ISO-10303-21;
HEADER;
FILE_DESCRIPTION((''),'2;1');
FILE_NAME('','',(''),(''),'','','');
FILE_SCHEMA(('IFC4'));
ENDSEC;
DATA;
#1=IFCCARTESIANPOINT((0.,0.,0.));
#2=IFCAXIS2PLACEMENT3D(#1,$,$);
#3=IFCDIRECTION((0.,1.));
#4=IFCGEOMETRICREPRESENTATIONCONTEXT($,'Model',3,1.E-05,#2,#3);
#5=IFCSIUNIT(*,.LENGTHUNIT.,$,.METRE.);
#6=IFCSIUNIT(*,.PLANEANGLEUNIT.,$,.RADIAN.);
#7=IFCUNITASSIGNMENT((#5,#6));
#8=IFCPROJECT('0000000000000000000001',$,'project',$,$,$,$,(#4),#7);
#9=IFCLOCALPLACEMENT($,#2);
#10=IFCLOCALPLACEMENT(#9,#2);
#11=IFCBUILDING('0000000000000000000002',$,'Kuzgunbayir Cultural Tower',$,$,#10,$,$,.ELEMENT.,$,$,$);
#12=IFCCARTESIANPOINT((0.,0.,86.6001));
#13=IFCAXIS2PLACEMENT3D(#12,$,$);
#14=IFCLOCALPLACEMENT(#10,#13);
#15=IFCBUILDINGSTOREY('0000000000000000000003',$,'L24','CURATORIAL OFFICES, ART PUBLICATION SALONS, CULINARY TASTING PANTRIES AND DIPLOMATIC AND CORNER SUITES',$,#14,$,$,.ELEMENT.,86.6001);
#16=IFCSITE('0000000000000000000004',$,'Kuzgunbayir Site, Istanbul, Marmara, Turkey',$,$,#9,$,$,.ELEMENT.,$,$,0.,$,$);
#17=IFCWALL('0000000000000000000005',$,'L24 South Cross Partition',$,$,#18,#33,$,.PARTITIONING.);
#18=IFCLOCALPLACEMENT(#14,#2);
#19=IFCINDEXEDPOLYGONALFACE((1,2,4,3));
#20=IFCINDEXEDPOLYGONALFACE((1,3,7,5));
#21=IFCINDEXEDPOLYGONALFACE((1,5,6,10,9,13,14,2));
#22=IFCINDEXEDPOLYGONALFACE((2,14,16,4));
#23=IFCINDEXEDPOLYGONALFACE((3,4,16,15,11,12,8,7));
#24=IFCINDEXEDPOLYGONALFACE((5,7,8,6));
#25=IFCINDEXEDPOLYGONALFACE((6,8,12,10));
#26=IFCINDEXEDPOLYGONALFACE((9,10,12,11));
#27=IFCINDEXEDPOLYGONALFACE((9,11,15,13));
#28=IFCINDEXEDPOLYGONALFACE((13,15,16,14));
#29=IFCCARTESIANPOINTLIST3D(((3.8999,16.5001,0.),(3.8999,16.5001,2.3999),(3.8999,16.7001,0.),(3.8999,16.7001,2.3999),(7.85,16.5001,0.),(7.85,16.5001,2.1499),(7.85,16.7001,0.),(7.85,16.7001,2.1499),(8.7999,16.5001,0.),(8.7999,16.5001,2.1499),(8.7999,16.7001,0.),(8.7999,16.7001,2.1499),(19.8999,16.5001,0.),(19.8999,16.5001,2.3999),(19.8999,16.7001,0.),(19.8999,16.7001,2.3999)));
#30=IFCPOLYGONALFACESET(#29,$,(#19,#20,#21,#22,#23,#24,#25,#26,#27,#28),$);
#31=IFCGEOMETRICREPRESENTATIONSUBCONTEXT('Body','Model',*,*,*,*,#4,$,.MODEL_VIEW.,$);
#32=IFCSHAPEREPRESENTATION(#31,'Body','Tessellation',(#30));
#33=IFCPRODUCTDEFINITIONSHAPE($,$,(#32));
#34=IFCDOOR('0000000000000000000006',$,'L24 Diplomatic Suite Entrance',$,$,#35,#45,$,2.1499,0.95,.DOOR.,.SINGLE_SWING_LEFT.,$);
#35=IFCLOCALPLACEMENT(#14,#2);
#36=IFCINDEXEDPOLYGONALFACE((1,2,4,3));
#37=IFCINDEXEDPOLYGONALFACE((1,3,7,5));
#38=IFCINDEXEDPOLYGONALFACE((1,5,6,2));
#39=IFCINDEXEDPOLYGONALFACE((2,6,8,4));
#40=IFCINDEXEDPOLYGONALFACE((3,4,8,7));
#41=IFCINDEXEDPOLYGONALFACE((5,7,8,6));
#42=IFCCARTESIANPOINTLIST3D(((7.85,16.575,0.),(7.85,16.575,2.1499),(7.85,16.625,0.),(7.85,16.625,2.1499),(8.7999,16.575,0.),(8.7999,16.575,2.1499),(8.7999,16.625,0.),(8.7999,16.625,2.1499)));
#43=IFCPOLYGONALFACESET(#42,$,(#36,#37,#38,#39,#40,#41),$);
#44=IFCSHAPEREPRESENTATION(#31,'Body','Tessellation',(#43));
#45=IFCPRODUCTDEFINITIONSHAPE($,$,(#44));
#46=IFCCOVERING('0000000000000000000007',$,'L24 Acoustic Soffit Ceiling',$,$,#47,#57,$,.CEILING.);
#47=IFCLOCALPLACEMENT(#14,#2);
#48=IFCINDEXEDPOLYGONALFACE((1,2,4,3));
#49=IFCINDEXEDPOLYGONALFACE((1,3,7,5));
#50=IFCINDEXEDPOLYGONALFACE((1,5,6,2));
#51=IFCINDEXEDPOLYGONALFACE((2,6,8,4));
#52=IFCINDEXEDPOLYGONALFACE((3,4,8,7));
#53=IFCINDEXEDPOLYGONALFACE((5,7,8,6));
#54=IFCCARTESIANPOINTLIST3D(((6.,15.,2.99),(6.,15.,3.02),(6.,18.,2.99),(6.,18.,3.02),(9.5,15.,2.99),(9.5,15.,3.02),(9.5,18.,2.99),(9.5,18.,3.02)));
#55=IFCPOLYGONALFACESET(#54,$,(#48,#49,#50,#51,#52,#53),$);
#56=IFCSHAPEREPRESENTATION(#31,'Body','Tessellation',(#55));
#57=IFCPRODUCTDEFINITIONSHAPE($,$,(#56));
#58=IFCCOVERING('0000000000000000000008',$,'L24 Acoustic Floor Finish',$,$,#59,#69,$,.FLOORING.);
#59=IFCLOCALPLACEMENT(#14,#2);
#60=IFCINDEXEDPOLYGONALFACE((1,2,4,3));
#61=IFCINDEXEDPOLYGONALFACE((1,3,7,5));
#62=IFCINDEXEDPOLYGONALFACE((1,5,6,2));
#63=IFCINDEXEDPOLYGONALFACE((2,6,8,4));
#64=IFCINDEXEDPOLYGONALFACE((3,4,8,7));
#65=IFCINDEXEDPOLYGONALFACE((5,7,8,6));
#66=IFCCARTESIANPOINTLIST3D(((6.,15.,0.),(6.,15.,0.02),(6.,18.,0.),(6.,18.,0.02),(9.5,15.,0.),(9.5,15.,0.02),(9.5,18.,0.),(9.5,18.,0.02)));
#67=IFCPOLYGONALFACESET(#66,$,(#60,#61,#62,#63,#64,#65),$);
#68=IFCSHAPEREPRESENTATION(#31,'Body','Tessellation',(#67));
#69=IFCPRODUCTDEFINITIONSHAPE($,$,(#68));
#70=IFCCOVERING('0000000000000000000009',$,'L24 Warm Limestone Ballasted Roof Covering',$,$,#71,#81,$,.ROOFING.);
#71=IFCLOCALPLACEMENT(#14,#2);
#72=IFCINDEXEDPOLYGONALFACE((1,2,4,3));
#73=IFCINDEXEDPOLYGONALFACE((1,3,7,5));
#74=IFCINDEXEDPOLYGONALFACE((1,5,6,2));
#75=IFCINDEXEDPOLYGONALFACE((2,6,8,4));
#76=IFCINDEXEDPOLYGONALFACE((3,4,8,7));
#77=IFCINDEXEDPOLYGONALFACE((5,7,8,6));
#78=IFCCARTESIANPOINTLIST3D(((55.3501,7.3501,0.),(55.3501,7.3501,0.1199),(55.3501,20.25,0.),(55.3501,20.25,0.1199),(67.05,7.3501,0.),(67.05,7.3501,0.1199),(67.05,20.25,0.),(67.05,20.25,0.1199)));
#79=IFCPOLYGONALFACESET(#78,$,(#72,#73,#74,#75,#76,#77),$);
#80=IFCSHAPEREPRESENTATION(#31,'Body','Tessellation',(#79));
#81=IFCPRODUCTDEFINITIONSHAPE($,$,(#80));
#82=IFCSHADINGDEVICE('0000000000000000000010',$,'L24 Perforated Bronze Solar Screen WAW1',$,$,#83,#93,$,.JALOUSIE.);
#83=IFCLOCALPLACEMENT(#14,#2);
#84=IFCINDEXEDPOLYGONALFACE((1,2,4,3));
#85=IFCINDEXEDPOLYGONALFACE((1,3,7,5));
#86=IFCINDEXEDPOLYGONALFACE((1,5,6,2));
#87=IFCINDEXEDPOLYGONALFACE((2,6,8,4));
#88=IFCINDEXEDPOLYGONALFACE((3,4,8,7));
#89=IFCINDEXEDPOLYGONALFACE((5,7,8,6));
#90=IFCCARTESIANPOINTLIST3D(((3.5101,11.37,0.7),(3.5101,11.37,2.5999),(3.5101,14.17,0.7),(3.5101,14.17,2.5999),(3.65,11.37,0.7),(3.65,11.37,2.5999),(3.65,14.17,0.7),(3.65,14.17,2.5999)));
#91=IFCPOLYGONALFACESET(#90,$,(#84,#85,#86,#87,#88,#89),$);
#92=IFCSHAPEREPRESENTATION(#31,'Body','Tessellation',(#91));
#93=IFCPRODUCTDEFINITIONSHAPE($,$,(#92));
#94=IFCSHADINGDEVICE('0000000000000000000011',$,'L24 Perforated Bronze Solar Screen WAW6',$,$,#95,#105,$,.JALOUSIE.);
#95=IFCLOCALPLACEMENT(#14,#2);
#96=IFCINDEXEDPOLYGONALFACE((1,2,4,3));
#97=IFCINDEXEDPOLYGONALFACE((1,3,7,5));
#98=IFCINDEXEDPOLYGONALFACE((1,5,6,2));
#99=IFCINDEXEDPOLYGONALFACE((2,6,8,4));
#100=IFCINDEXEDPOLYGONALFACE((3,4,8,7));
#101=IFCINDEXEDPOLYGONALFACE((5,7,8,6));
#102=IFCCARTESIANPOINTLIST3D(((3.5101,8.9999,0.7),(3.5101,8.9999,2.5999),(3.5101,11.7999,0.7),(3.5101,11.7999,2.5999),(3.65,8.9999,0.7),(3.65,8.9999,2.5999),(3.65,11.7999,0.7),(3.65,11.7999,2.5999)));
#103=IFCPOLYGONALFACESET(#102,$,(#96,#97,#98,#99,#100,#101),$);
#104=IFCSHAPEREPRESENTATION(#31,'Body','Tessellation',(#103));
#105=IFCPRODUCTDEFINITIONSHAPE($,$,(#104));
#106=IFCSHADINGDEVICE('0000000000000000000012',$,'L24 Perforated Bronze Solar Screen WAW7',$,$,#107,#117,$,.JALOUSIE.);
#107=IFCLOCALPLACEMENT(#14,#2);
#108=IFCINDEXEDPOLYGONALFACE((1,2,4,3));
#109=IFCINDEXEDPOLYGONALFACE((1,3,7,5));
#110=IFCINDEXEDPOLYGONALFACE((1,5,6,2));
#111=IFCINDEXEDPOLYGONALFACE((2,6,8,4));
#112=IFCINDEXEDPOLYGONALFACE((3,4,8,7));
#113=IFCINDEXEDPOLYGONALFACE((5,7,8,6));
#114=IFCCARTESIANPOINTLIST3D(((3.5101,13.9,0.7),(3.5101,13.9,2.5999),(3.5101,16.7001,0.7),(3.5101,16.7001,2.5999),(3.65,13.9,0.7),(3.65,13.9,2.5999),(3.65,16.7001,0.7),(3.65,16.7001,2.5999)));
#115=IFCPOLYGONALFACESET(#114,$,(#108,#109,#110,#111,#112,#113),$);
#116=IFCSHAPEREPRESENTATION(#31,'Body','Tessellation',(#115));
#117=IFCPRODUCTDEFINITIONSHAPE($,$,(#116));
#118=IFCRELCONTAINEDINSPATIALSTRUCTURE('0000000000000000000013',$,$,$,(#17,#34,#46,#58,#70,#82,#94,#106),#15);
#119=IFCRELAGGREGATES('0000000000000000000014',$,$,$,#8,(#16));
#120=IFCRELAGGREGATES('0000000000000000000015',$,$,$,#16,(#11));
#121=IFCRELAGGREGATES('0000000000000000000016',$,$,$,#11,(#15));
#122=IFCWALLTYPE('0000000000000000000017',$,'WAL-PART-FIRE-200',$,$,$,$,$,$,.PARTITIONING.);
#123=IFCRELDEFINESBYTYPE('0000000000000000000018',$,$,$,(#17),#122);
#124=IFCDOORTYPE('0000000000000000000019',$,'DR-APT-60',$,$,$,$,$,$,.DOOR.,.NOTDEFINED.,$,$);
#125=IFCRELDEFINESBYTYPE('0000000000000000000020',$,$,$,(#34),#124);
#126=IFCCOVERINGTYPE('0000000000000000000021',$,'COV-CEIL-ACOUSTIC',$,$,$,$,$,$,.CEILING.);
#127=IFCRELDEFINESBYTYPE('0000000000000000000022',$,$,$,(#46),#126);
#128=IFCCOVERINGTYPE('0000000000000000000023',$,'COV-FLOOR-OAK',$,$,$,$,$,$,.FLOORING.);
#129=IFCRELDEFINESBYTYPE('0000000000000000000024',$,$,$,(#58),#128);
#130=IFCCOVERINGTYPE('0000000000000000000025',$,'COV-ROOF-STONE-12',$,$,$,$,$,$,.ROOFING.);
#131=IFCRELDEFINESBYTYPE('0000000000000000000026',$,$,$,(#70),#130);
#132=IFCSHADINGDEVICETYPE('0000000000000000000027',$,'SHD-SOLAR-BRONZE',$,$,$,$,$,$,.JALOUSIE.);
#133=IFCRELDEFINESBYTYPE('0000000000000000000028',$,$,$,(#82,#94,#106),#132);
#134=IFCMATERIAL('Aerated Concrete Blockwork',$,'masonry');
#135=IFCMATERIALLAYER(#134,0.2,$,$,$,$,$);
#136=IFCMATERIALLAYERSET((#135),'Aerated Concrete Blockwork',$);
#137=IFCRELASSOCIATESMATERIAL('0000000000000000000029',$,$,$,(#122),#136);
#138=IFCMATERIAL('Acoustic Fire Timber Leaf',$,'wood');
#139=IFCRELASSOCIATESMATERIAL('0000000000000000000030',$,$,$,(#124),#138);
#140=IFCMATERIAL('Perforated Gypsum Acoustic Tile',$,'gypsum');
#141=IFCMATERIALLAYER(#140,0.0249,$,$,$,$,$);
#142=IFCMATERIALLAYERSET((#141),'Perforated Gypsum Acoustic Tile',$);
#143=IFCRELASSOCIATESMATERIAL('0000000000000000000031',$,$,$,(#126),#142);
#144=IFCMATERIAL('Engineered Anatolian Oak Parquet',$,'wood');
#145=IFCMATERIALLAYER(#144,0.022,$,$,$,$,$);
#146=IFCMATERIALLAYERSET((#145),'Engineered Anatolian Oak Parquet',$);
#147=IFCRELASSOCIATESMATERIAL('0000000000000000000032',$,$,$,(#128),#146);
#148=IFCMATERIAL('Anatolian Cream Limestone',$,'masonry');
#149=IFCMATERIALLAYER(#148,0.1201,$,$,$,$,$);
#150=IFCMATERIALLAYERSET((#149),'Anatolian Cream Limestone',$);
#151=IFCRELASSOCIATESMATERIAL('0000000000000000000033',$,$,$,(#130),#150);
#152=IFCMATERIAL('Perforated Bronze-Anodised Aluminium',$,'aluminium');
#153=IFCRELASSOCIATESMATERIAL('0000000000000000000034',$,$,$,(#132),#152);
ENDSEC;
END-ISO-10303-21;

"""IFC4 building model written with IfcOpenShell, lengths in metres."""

from ifc_helpers import new_model, si_unit, direction, frame, frame_2d, origin, origin_2d, place, context, subcontext, project, spatial, polyline, rectangle, outline, extrude, material, layer, layer_set, type_object, element, fill, save


model = new_model("IFC4")

# Units and contexts
model_context = context("Model", 3, precision=1e-05, world=origin(), true_north=direction((0.0, 1.0)))
body_context = subcontext(model_context, "Body", "Model", "MODEL_VIEW")
ifc_project = project(units=[si_unit("LENGTHUNIT", "METRE"), si_unit("PLANEANGLEUNIT", "RADIAN")], contexts=[model_context])

# Site, building, storey
site_placement = place(None, origin())
site = spatial("IfcSite", under=ifc_project, at=site_placement, Name="Kuzgunbayir Site, Istanbul, Marmara, Turkey", CompositionType="ELEMENT", RefElevation=0.0)
building_placement = place(site_placement, origin())
building = spatial("IfcBuilding", under=site, at=building_placement, Name="Kuzgunbayir Cultural Tower", CompositionType="ELEMENT")
storey_placement = place(building_placement, frame((0.0, 0.0, 86.6001)))
storey = spatial("IfcBuildingStorey", under=building, at=storey_placement, Name="L24", Description="CURATORIAL OFFICES, ART PUBLICATION SALONS, CULINARY TASTING PANTRIES AND DIPLOMATIC AND CORNER SUITES", CompositionType="ELEMENT", Elevation=86.6001)

# Wall, opening, door
ifc_material_1 = material(Name="Aerated Concrete Blockwork", Category="masonry")
ifc_layer_1 = layer(ifc_material_1, 0.2)
ifc_layer_set_1 = layer_set([ifc_layer_1], Name="Aerated Concrete Blockwork")
wall_type = type_object("IfcWallType", Name="WAL-PART-FIRE-200", PredefinedType="PARTITIONING", material=ifc_layer_set_1)
wall_placement = place(storey_placement, frame((3.8999, 16.6001, 0.0), z_axis=(0.0, 0.0, 1.0), x_axis=(1.0, 0.0, 0.0)))
wall = element("IfcWall", 1, at=wall_placement, inside=storey, type_object=wall_type, Name="L24 South Cross Partition", PredefinedType="PARTITIONING", context=body_context, shape_type="SweptSolid", body=[
    extrude(rectangle(XDim=16.0, YDim=0.2, at=frame_2d((8.0, 0.0))), origin(), (0.0, 0.0, 1.0), 2.3999),
])
opening_1_placement = place(wall_placement, frame((3.95, 0.0, 0.0)))
opening_1 = element("IfcOpeningElement", 2, at=opening_1_placement, cuts=wall, PredefinedType="OPENING", context=body_context, shape_type="SweptSolid", body=[
    extrude(rectangle(XDim=0.95, YDim=2.1499, at=frame_2d((0.4751, 1.075))), frame((0.0, 0.1099, 0.0), z_axis=(0.0, -1.0, 0.0), x_axis=(1.0, 0.0, 0.0)), (0.0, 0.0, 1.0), 0.22),
])
ifc_material_2 = material(Name="Acoustic Fire Timber Leaf", Category="wood")
door_type = type_object("IfcDoorType", Name="DR-APT-60", OperationType="NOTDEFINED", PredefinedType="DOOR", material=ifc_material_2)
door_placement = place(opening_1_placement, origin())
door = element("IfcDoor", 3, at=door_placement, inside=storey, type_object=door_type, Name="L24 Diplomatic Suite Entrance", OperationType="SINGLE_SWING_LEFT", OverallHeight=2.1499, OverallWidth=0.95, PredefinedType="DOOR", context=body_context, shape_type="SweptSolid", body=[
    extrude(rectangle(XDim=0.95, YDim=2.1499, at=frame_2d((0.4751, 1.075))), frame((0.0, 0.0249, 0.0), z_axis=(0.0, -1.0, 0.0), x_axis=(1.0, 0.0, 0.0)), (0.0, 0.0, 1.0), 0.05),
])
fill(opening_1, door)

# Coverings
ifc_material_3 = material(Name="Perforated Gypsum Acoustic Tile", Category="gypsum")
ifc_layer_2 = layer(ifc_material_3, 0.0249)
ifc_layer_set_2 = layer_set([ifc_layer_2], Name="Perforated Gypsum Acoustic Tile")
covering_type_1 = type_object("IfcCoveringType", Name="COV-CEIL-ACOUSTIC", PredefinedType="CEILING", material=ifc_layer_set_2)
covering_1_placement = place(storey_placement, frame((0.0, 0.0, 2.99)))
element("IfcCovering", 4, at=covering_1_placement, inside=storey, type_object=covering_type_1, Name="L24 Acoustic Soffit Ceiling", PredefinedType="CEILING", context=body_context, shape_type="SweptSolid", body=[
    extrude(outline(polyline([(6.0, 15.0), (9.5, 15.0), (9.5, 18.0), (6.0, 18.0), (6.0, 15.0)])), origin(), (0.0, 0.0, 1.0), 0.03),
])
ifc_material_4 = material(Name="Engineered Anatolian Oak Parquet", Category="wood")
ifc_layer_3 = layer(ifc_material_4, 0.022)
ifc_layer_set_3 = layer_set([ifc_layer_3], Name="Engineered Anatolian Oak Parquet")
covering_type_2 = type_object("IfcCoveringType", Name="COV-FLOOR-OAK", PredefinedType="FLOORING", material=ifc_layer_set_3)
covering_2_placement = place(storey_placement, origin())
element("IfcCovering", 5, at=covering_2_placement, inside=storey, type_object=covering_type_2, Name="L24 Acoustic Floor Finish", PredefinedType="FLOORING", context=body_context, shape_type="SweptSolid", body=[
    extrude(outline(polyline([(6.0, 15.0), (9.5, 15.0), (9.5, 18.0), (6.0, 18.0), (6.0, 15.0)])), origin(), (0.0, 0.0, 1.0), 0.02),
])
ifc_material_5 = material(Name="Anatolian Cream Limestone", Category="masonry")
ifc_layer_4 = layer(ifc_material_5, 0.1201)
ifc_layer_set_4 = layer_set([ifc_layer_4], Name="Anatolian Cream Limestone")
covering_type_3 = type_object("IfcCoveringType", Name="COV-ROOF-STONE-12", PredefinedType="ROOFING", material=ifc_layer_set_4)
covering_3_placement = place(storey_placement, origin())
element("IfcCovering", 6, at=covering_3_placement, inside=storey, type_object=covering_type_3, Name="L24 Warm Limestone Ballasted Roof Covering", PredefinedType="ROOFING", context=body_context, shape_type="SweptSolid", body=[
    extrude(outline(polyline([(55.3501, 7.3501), (67.05, 7.3501), (67.05, 20.25), (55.3501, 20.25), (55.3501, 7.3501)])), origin(), (0.0, 0.0, 1.0), 0.1199),
])

# Shading devices
ifc_material_6 = material(Name="Perforated Bronze-Anodised Aluminium", Category="aluminium")
shading_device_type = type_object("IfcShadingDeviceType", Name="SHD-SOLAR-BRONZE", PredefinedType="JALOUSIE", material=ifc_material_6)
for number, where, z_axis, x_axis, name in (
    (7, (3.5801, 12.77, 0.7), (0.0, 0.0, 1.0), (1.0, 0.0, 0.0), "L24 Perforated Bronze Solar Screen WAW1"),
    (8, (3.5801, 10.3999, 0.7), (0.0, 0.0, 1.0), (1.0, 0.0, 0.0), "L24 Perforated Bronze Solar Screen WAW6"),
    (9, (3.5801, 15.3, 0.7), (0.0, 0.0, 1.0), (1.0, 0.0, 0.0), "L24 Perforated Bronze Solar Screen WAW7"),
):
    element("IfcShadingDevice", number, at=place(storey_placement, frame(where, z_axis=z_axis, x_axis=x_axis)), inside=storey, type_object=shading_device_type, Name=name, PredefinedType="JALOUSIE", context=body_context, shape_type="SweptSolid", body=[
        extrude(rectangle(XDim=0.1399, YDim=2.8, at=origin_2d()), origin(), (0.0, 0.0, 1.0), 1.8999),
    ])

save(model, "model.ifc")
